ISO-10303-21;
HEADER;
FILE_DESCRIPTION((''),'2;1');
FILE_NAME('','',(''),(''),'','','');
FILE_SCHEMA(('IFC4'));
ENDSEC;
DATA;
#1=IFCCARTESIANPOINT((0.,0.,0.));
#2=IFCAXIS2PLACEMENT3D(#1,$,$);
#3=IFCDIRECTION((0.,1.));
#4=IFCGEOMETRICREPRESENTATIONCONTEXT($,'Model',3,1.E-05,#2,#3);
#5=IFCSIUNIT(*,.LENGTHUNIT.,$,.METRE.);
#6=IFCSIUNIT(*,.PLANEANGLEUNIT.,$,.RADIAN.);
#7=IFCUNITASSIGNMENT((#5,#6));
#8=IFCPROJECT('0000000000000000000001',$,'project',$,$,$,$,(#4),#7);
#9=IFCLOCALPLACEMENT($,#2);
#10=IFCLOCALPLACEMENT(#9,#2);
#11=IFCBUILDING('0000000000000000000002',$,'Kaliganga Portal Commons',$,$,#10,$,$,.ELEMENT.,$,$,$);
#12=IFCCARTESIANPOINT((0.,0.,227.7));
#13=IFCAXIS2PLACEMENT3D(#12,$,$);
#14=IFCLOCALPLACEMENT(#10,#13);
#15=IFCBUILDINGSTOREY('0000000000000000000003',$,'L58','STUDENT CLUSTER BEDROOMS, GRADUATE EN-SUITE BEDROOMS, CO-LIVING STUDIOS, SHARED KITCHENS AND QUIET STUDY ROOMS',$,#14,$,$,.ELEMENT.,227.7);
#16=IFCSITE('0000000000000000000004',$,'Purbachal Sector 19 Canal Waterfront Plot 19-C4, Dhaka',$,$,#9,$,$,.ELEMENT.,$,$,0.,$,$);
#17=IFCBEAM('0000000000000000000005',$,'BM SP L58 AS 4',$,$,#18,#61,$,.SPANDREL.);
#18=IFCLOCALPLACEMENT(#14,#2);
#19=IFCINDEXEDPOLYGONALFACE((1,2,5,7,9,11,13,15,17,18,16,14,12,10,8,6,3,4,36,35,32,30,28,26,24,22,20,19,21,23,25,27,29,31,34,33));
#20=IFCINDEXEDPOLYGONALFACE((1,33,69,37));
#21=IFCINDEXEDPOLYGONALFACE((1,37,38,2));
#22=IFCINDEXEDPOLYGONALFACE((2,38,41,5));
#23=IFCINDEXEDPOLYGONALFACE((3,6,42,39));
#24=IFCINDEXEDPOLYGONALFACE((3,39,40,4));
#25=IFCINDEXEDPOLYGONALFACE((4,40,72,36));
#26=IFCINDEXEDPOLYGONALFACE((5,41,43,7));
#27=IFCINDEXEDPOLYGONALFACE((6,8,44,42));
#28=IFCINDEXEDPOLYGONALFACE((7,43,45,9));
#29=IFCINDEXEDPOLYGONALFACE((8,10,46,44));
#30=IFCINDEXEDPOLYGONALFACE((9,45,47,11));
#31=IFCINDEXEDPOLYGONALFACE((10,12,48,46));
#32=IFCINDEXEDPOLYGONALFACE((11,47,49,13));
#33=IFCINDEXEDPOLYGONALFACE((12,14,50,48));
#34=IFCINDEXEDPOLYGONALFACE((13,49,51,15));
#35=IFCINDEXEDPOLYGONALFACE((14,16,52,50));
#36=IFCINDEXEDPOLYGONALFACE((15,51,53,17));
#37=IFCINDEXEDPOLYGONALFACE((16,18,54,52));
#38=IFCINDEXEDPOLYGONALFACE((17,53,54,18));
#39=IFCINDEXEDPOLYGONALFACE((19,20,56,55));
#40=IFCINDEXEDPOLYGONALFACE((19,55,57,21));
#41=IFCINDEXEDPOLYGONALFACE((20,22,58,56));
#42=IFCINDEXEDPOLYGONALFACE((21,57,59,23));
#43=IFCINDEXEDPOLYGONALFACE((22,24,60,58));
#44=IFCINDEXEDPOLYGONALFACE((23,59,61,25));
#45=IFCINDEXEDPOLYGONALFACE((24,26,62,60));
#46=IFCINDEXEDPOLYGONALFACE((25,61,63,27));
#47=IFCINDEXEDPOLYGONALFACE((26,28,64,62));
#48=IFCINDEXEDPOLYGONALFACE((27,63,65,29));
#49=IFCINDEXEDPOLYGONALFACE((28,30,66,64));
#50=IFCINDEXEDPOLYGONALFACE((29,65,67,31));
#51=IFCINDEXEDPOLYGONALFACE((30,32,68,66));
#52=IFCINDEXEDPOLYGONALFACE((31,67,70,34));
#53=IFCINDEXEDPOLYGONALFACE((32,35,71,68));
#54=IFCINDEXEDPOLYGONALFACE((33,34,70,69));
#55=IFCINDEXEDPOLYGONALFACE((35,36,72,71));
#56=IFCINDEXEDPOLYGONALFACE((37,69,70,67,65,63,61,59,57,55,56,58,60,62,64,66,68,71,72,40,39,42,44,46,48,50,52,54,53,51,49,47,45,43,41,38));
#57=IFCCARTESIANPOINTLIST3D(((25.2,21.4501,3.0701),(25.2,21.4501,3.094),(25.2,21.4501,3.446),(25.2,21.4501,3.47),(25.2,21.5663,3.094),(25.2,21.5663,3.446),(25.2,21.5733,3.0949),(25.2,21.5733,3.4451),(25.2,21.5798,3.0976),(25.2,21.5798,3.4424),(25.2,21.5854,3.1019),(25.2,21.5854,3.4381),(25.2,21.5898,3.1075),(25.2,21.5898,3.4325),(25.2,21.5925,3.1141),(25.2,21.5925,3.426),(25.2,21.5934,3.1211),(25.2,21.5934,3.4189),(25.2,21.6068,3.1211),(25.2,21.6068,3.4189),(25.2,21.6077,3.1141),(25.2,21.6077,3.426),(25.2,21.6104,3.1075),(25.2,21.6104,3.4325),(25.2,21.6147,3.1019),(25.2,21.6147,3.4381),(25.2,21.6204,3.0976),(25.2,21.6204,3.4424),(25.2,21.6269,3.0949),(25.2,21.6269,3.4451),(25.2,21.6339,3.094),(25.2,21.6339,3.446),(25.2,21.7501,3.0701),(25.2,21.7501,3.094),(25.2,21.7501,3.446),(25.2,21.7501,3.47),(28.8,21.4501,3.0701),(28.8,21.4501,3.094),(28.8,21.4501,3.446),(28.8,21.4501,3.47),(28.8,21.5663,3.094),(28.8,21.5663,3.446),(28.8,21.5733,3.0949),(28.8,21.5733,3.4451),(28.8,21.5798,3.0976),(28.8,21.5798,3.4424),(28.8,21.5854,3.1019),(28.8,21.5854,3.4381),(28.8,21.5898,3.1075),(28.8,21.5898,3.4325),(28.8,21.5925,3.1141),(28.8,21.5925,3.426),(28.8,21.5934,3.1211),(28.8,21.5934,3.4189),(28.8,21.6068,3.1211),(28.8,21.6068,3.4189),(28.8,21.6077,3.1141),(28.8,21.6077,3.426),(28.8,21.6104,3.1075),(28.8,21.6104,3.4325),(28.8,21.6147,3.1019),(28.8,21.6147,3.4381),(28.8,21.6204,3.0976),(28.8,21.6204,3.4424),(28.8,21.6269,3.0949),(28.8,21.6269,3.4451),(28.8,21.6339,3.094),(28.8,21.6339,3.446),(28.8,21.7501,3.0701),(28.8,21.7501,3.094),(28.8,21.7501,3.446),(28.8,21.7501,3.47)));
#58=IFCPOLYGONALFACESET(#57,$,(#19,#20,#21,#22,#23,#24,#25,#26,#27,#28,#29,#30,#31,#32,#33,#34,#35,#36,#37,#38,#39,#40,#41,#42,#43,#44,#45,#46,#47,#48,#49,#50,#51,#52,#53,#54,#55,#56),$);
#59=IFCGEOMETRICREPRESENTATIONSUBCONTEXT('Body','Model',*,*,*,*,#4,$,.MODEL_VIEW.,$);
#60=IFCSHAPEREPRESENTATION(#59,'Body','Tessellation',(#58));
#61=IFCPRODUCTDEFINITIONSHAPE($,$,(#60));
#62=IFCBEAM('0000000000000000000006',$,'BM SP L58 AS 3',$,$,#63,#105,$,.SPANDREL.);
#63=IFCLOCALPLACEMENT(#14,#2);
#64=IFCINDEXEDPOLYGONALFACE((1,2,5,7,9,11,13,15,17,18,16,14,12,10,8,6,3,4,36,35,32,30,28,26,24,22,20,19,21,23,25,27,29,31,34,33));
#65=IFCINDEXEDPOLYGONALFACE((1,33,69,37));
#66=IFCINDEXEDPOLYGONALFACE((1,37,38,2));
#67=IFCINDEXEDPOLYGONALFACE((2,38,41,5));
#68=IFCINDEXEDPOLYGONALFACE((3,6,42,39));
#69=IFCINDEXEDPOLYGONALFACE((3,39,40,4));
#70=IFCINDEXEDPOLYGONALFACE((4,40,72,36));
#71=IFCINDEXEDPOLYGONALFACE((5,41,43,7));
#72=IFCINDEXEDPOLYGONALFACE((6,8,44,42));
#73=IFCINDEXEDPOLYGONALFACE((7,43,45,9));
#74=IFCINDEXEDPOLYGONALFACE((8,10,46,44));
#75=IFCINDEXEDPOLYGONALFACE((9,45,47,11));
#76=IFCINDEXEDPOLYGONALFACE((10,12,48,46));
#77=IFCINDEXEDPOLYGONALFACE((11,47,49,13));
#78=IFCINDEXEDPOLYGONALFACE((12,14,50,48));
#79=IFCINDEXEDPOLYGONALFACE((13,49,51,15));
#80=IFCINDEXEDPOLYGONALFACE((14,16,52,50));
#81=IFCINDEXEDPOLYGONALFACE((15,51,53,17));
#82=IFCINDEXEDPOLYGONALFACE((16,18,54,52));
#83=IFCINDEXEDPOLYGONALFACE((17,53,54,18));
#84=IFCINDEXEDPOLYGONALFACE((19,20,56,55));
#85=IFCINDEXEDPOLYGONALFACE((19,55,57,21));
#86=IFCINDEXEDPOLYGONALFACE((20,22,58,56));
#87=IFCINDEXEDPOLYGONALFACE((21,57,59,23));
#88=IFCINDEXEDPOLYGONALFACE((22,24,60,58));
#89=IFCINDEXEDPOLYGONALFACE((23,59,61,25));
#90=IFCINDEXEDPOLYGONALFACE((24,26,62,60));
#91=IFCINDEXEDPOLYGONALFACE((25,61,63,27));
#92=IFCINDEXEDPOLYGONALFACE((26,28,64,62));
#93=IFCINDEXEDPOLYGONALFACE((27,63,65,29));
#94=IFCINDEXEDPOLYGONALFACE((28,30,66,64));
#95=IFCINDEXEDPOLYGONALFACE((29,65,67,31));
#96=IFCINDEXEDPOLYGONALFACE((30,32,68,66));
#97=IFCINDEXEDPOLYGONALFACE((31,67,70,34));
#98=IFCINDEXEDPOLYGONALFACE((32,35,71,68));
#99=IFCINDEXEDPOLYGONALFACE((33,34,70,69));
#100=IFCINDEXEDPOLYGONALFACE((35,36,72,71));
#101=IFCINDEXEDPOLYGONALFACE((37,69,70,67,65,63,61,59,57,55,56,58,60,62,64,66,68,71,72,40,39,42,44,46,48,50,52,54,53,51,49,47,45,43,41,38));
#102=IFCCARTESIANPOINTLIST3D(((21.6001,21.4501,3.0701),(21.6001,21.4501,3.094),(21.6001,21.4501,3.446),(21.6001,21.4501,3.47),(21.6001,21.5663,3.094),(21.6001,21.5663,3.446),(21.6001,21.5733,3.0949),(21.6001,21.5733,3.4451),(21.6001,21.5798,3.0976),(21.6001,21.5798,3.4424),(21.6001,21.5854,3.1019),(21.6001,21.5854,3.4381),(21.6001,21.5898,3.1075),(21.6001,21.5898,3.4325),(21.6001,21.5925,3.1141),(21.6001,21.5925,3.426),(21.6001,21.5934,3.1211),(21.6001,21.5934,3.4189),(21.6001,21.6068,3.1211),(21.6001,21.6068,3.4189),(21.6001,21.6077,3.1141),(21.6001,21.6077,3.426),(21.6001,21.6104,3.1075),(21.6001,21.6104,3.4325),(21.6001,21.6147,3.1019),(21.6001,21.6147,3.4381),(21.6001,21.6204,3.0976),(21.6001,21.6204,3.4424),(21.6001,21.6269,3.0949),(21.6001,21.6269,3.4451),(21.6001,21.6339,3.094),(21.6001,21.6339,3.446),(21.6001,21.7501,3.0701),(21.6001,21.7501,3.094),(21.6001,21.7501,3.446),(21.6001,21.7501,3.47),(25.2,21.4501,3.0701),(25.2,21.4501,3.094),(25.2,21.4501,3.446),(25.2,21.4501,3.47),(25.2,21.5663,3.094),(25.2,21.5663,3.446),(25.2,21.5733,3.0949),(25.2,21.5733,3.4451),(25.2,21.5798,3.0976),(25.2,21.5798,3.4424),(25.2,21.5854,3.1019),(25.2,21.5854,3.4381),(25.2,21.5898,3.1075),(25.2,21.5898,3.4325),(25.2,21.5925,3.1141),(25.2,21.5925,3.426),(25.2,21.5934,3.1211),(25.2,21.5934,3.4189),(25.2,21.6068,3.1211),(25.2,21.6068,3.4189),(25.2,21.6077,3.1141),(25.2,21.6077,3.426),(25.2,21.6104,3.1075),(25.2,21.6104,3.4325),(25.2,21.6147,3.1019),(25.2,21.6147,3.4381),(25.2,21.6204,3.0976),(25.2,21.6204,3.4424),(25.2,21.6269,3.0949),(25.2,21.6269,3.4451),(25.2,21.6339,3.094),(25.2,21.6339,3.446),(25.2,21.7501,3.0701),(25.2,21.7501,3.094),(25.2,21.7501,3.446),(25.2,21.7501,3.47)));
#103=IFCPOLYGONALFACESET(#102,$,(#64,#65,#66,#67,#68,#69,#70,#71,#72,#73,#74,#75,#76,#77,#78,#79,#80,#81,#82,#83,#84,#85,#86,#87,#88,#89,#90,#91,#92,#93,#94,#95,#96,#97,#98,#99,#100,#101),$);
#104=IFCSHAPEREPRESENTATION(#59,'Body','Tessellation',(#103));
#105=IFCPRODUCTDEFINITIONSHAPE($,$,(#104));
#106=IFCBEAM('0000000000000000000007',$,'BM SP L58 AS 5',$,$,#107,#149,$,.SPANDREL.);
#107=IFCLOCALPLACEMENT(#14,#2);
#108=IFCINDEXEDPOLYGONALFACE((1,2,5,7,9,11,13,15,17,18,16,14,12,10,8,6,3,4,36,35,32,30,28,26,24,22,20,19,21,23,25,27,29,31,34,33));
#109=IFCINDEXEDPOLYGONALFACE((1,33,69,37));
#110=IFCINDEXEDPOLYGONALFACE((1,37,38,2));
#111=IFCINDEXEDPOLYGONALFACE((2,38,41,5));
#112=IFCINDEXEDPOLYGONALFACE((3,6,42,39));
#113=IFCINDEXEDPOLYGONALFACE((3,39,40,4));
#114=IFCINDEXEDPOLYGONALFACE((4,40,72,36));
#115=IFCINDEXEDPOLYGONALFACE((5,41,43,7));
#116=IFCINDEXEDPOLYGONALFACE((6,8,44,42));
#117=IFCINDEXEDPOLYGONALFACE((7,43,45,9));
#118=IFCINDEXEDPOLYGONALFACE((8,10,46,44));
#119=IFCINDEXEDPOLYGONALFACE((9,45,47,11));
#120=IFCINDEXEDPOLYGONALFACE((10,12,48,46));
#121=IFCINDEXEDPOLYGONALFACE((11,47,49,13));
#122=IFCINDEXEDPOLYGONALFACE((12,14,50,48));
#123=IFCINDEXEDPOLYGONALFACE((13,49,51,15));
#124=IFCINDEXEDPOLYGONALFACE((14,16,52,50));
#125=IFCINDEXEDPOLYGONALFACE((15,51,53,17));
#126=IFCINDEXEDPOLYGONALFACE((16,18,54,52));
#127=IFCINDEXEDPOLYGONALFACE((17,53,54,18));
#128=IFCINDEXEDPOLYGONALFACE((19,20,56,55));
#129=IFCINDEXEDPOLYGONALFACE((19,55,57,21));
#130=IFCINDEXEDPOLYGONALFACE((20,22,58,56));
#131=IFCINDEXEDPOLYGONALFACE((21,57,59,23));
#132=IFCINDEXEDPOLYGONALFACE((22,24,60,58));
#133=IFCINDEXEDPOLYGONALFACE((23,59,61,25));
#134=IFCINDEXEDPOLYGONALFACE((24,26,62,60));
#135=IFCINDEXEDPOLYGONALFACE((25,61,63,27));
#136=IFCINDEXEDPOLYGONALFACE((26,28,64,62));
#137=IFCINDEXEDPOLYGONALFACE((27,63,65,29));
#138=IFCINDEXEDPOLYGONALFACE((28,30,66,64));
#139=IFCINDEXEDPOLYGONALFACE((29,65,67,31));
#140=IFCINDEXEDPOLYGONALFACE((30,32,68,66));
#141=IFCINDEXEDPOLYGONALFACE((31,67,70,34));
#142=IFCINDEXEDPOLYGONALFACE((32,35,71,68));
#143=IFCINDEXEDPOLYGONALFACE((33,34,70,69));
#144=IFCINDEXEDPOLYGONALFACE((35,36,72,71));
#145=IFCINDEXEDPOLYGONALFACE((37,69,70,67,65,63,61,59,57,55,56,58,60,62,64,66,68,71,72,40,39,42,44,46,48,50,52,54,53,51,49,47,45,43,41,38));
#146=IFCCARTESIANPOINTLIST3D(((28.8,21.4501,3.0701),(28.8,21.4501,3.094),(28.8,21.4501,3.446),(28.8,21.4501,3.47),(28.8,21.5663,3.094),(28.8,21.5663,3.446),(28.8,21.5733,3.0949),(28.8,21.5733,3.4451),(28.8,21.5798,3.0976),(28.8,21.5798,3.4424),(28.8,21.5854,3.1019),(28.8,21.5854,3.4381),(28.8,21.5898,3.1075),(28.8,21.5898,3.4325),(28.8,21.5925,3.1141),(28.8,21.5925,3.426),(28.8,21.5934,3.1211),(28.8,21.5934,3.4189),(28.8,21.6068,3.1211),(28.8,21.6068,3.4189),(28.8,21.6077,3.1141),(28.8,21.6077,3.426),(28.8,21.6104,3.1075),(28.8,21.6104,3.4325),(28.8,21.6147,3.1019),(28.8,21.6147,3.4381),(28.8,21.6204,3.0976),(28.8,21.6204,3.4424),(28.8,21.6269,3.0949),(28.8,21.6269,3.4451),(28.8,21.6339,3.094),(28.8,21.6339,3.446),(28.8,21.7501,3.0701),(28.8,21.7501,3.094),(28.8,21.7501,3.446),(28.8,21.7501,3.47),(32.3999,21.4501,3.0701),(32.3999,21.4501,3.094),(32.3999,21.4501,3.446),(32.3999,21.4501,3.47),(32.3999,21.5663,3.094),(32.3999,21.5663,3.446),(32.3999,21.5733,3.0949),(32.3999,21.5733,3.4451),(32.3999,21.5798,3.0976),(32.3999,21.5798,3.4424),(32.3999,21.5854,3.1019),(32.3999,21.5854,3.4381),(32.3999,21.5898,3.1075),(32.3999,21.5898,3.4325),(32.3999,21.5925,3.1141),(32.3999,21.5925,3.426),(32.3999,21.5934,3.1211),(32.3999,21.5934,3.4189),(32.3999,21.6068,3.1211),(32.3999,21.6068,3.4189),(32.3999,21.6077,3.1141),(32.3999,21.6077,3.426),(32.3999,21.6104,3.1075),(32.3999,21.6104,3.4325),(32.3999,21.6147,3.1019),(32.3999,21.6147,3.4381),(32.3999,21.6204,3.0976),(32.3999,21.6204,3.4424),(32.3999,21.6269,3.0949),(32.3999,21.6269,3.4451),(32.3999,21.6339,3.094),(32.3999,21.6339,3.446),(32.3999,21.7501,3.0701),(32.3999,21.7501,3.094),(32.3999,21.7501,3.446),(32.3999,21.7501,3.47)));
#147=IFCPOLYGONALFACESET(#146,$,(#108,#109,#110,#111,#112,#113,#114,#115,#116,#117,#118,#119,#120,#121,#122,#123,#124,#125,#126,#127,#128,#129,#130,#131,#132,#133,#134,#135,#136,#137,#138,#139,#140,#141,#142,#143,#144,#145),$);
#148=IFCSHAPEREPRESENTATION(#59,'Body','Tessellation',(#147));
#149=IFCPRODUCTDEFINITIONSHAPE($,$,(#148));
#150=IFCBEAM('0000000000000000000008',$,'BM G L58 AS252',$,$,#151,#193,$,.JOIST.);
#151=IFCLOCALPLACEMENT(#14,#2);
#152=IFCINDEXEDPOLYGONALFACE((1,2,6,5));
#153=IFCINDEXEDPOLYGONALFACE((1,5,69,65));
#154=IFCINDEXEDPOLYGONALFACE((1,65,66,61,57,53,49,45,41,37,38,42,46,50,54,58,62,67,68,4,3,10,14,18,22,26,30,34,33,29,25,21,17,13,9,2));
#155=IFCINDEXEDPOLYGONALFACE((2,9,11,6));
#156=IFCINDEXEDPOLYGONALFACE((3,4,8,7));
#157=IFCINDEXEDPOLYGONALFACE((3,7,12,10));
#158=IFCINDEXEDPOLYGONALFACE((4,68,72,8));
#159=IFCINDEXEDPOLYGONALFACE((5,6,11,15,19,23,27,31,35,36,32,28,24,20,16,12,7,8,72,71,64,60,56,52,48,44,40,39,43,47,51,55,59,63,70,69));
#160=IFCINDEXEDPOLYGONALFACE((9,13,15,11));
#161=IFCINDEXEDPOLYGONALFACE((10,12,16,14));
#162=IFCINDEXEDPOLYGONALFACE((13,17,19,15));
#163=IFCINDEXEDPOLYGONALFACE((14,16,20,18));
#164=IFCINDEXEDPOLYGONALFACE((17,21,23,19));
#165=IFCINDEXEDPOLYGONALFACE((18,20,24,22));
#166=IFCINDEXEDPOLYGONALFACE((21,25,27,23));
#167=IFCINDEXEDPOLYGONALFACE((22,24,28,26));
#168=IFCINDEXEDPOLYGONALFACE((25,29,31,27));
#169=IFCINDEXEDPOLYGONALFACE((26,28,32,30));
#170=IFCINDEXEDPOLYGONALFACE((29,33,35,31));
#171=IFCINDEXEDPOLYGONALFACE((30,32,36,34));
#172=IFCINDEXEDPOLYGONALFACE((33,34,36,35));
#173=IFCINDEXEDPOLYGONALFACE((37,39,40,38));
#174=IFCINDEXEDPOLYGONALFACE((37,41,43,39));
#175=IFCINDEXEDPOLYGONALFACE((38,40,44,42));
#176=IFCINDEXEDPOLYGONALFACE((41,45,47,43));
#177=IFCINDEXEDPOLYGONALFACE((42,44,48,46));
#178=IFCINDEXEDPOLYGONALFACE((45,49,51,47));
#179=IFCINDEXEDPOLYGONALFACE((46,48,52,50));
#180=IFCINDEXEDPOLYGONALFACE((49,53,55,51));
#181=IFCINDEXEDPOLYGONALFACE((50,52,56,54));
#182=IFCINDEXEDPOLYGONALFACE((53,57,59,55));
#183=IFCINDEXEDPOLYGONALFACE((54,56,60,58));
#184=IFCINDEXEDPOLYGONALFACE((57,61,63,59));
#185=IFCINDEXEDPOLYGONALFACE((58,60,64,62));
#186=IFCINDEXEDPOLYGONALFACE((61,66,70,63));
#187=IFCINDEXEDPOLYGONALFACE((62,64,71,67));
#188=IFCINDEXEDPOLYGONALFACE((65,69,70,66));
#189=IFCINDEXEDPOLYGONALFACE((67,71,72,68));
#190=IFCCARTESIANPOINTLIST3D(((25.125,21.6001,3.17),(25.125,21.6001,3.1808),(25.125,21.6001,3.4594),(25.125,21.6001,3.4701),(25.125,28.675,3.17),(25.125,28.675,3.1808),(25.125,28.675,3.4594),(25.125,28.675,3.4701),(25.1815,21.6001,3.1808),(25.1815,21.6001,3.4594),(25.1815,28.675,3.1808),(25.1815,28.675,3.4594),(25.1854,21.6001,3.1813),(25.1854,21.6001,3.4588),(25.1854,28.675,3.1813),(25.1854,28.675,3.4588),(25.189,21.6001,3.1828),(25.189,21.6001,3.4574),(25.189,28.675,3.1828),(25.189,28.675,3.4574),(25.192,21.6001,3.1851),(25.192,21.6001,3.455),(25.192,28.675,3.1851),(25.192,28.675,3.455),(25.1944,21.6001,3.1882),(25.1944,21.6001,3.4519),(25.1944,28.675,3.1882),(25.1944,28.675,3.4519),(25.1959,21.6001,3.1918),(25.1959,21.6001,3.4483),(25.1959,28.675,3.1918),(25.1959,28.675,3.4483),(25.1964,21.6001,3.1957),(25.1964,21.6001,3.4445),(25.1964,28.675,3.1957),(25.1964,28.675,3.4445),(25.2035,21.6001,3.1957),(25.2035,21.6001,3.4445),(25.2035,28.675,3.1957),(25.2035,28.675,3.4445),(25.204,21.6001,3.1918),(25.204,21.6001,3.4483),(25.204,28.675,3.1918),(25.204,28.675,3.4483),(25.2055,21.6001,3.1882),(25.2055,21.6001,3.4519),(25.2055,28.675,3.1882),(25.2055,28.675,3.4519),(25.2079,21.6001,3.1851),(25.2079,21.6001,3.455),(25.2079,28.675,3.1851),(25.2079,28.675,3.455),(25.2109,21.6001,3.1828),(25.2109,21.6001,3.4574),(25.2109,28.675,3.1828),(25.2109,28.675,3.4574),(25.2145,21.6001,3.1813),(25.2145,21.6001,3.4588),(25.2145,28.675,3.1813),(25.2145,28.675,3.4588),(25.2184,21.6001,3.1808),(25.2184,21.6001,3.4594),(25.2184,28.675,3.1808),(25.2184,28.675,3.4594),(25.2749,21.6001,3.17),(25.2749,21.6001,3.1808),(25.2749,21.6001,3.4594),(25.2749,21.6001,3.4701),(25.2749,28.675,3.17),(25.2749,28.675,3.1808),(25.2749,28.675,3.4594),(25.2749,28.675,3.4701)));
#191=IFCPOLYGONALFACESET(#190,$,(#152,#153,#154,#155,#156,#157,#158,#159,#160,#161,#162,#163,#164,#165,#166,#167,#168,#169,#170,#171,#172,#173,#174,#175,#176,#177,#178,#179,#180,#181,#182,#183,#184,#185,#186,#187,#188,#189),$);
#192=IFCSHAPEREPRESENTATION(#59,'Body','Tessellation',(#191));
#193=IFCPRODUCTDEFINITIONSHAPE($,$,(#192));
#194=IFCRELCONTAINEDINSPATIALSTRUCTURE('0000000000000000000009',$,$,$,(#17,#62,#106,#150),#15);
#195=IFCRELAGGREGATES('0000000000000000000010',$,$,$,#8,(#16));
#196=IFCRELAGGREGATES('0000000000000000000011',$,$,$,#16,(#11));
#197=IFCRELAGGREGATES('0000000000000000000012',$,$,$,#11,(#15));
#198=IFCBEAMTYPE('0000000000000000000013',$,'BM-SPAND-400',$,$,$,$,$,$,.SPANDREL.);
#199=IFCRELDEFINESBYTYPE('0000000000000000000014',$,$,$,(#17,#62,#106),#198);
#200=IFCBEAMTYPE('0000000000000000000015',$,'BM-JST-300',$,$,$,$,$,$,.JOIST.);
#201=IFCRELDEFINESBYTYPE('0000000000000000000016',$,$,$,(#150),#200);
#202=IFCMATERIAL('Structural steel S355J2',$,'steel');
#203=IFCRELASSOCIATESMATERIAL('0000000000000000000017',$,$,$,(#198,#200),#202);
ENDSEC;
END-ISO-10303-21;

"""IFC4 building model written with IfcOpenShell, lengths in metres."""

from ifc_helpers import new_model, si_unit, direction, frame, origin, origin_2d, place, context, subcontext, project, spatial, i_section, extrude, source, transform, mapped, material, material_profile, profile_set, type_object, element, save


model = new_model("IFC4")

# Units and contexts
model_context = context("Model", 3, precision=1e-05, world=origin(), true_north=direction((0.0, 1.0)))
body_context = subcontext(model_context, "Body", "Model", "MODEL_VIEW")
ifc_project = project(units=[si_unit("LENGTHUNIT", "METRE"), si_unit("PLANEANGLEUNIT", "RADIAN")], contexts=[model_context])

# Site, building, storey
site_placement = place(None, origin())
site = spatial("IfcSite", under=ifc_project, at=site_placement, Name="Purbachal Sector 19 Canal Waterfront Plot 19-C4, Dhaka", CompositionType="ELEMENT", RefElevation=0.0)
building_placement = place(site_placement, origin())
building = spatial("IfcBuilding", under=site, at=building_placement, Name="Kaliganga Portal Commons", CompositionType="ELEMENT")
storey_placement = place(building_placement, frame((0.0, 0.0, 227.7)))
storey = spatial("IfcBuildingStorey", under=building, at=storey_placement, Name="L58", Description="STUDENT CLUSTER BEDROOMS, GRADUATE EN-SUITE BEDROOMS, CO-LIVING STUDIOS, SHARED KITCHENS AND QUIET STUDY ROOMS", CompositionType="ELEMENT", Elevation=227.7)

# Shared definitions
ifc_material_1 = material(Name="Structural steel S355J2", Category="steel")

# Beams
ifc_material_profile_1 = material_profile(ifc_material_1, i_section(OverallWidth=0.3, OverallDepth=0.3999, WebThickness=0.0134, FlangeThickness=0.0239, FilletRadius=0.0271, at=origin_2d()), Name="HE 400 B")
ifc_profile_set_1 = profile_set([ifc_material_profile_1], Name="Structural steel S355J2 wide-flange")
beam_type_1 = type_object("IfcBeamType", Name="BM-SPAND-400", PredefinedType="SPANDREL", material=ifc_profile_set_1)
shared_shape_1 = source(origin(), body_context, "Body", "SweptSolid", [
    extrude(i_section(OverallWidth=0.3, OverallDepth=0.3999, WebThickness=0.0134, FlangeThickness=0.0239, FilletRadius=0.0271, at=origin_2d()), origin(), (0.0, 0.0, 1.0), 3.6001),
])
beam_1_placement = place(storey_placement, frame((25.2, 21.6001, 3.27), z_axis=(1.0, 0.0, 0.0), x_axis=(0.0, 1.0, 0.0)))
element("IfcBeam", 1, at=beam_1_placement, inside=storey, type_object=beam_type_1, Name="BM SP L58 AS 4", PredefinedType="SPANDREL", context=body_context, shape_type="MappedRepresentation", body=[
    mapped(shared_shape_1, transform((0.0, 0.0, 0.0), x_axis=(1.0, 0.0, 0.0), y_axis=(0.0, 1.0, 0.0), z_axis=(0.0, 0.0, 1.0), scale=1.0)),
])
shared_shape_2 = source(origin(), body_context, "Body", "SweptSolid", [
    extrude(i_section(OverallWidth=0.3, OverallDepth=0.3999, WebThickness=0.0134, FlangeThickness=0.0239, FilletRadius=0.0271, at=origin_2d()), origin(), (0.0, 0.0, 1.0), 3.5999),
])
for number, where, z_axis, x_axis, name in (
    (2, (21.6001, 21.6001, 3.27), (1.0, 0.0, 0.0), (0.0, 1.0, 0.0), "BM SP L58 AS 3"),
    (3, (28.8, 21.6001, 3.27), (1.0, 0.0, 0.0), (0.0, 1.0, 0.0), "BM SP L58 AS 5"),
):
    element("IfcBeam", number, at=place(storey_placement, frame(where, z_axis=z_axis, x_axis=x_axis)), inside=storey, type_object=beam_type_1, Name=name, PredefinedType="SPANDREL", context=body_context, shape_type="MappedRepresentation", body=[
        mapped(shared_shape_2, transform((0.0, 0.0, 0.0), x_axis=(1.0, 0.0, 0.0), y_axis=(0.0, 1.0, 0.0), z_axis=(0.0, 0.0, 1.0), scale=1.0)),
    ])
ifc_material_profile_2 = material_profile(ifc_material_1, i_section(OverallWidth=0.1499, OverallDepth=0.3, WebThickness=0.0071, FlangeThickness=0.0107, FilletRadius=0.0149, at=origin_2d()), Name="IPE 300")
ifc_profile_set_2 = profile_set([ifc_material_profile_2], Name="Structural steel S355J2 wide-flange")
beam_type_2 = type_object("IfcBeamType", Name="BM-JST-300", PredefinedType="JOIST", material=ifc_profile_set_2)
shared_shape_3 = source(origin(), body_context, "Body", "SweptSolid", [
    extrude(i_section(OverallWidth=0.1499, OverallDepth=0.3, WebThickness=0.0071, FlangeThickness=0.0107, FilletRadius=0.0149, at=origin_2d()), origin(), (0.0, 0.0, 1.0), 7.075),
])
beam_2_placement = place(storey_placement, frame((25.2, 21.6001, 3.3201), z_axis=(0.0, 1.0, 0.0), x_axis=(-1.0, 0.0, 0.0)))
element("IfcBeam", 4, at=beam_2_placement, inside=storey, type_object=beam_type_2, Name="BM G L58 AS252", PredefinedType="JOIST", context=body_context, shape_type="MappedRepresentation", body=[
    mapped(shared_shape_3, transform((0.0, 0.0, 0.0), x_axis=(1.0, 0.0, 0.0), y_axis=(0.0, 1.0, 0.0), z_axis=(0.0, 0.0, 1.0), scale=1.0)),
])

save(model, "model.ifc")
